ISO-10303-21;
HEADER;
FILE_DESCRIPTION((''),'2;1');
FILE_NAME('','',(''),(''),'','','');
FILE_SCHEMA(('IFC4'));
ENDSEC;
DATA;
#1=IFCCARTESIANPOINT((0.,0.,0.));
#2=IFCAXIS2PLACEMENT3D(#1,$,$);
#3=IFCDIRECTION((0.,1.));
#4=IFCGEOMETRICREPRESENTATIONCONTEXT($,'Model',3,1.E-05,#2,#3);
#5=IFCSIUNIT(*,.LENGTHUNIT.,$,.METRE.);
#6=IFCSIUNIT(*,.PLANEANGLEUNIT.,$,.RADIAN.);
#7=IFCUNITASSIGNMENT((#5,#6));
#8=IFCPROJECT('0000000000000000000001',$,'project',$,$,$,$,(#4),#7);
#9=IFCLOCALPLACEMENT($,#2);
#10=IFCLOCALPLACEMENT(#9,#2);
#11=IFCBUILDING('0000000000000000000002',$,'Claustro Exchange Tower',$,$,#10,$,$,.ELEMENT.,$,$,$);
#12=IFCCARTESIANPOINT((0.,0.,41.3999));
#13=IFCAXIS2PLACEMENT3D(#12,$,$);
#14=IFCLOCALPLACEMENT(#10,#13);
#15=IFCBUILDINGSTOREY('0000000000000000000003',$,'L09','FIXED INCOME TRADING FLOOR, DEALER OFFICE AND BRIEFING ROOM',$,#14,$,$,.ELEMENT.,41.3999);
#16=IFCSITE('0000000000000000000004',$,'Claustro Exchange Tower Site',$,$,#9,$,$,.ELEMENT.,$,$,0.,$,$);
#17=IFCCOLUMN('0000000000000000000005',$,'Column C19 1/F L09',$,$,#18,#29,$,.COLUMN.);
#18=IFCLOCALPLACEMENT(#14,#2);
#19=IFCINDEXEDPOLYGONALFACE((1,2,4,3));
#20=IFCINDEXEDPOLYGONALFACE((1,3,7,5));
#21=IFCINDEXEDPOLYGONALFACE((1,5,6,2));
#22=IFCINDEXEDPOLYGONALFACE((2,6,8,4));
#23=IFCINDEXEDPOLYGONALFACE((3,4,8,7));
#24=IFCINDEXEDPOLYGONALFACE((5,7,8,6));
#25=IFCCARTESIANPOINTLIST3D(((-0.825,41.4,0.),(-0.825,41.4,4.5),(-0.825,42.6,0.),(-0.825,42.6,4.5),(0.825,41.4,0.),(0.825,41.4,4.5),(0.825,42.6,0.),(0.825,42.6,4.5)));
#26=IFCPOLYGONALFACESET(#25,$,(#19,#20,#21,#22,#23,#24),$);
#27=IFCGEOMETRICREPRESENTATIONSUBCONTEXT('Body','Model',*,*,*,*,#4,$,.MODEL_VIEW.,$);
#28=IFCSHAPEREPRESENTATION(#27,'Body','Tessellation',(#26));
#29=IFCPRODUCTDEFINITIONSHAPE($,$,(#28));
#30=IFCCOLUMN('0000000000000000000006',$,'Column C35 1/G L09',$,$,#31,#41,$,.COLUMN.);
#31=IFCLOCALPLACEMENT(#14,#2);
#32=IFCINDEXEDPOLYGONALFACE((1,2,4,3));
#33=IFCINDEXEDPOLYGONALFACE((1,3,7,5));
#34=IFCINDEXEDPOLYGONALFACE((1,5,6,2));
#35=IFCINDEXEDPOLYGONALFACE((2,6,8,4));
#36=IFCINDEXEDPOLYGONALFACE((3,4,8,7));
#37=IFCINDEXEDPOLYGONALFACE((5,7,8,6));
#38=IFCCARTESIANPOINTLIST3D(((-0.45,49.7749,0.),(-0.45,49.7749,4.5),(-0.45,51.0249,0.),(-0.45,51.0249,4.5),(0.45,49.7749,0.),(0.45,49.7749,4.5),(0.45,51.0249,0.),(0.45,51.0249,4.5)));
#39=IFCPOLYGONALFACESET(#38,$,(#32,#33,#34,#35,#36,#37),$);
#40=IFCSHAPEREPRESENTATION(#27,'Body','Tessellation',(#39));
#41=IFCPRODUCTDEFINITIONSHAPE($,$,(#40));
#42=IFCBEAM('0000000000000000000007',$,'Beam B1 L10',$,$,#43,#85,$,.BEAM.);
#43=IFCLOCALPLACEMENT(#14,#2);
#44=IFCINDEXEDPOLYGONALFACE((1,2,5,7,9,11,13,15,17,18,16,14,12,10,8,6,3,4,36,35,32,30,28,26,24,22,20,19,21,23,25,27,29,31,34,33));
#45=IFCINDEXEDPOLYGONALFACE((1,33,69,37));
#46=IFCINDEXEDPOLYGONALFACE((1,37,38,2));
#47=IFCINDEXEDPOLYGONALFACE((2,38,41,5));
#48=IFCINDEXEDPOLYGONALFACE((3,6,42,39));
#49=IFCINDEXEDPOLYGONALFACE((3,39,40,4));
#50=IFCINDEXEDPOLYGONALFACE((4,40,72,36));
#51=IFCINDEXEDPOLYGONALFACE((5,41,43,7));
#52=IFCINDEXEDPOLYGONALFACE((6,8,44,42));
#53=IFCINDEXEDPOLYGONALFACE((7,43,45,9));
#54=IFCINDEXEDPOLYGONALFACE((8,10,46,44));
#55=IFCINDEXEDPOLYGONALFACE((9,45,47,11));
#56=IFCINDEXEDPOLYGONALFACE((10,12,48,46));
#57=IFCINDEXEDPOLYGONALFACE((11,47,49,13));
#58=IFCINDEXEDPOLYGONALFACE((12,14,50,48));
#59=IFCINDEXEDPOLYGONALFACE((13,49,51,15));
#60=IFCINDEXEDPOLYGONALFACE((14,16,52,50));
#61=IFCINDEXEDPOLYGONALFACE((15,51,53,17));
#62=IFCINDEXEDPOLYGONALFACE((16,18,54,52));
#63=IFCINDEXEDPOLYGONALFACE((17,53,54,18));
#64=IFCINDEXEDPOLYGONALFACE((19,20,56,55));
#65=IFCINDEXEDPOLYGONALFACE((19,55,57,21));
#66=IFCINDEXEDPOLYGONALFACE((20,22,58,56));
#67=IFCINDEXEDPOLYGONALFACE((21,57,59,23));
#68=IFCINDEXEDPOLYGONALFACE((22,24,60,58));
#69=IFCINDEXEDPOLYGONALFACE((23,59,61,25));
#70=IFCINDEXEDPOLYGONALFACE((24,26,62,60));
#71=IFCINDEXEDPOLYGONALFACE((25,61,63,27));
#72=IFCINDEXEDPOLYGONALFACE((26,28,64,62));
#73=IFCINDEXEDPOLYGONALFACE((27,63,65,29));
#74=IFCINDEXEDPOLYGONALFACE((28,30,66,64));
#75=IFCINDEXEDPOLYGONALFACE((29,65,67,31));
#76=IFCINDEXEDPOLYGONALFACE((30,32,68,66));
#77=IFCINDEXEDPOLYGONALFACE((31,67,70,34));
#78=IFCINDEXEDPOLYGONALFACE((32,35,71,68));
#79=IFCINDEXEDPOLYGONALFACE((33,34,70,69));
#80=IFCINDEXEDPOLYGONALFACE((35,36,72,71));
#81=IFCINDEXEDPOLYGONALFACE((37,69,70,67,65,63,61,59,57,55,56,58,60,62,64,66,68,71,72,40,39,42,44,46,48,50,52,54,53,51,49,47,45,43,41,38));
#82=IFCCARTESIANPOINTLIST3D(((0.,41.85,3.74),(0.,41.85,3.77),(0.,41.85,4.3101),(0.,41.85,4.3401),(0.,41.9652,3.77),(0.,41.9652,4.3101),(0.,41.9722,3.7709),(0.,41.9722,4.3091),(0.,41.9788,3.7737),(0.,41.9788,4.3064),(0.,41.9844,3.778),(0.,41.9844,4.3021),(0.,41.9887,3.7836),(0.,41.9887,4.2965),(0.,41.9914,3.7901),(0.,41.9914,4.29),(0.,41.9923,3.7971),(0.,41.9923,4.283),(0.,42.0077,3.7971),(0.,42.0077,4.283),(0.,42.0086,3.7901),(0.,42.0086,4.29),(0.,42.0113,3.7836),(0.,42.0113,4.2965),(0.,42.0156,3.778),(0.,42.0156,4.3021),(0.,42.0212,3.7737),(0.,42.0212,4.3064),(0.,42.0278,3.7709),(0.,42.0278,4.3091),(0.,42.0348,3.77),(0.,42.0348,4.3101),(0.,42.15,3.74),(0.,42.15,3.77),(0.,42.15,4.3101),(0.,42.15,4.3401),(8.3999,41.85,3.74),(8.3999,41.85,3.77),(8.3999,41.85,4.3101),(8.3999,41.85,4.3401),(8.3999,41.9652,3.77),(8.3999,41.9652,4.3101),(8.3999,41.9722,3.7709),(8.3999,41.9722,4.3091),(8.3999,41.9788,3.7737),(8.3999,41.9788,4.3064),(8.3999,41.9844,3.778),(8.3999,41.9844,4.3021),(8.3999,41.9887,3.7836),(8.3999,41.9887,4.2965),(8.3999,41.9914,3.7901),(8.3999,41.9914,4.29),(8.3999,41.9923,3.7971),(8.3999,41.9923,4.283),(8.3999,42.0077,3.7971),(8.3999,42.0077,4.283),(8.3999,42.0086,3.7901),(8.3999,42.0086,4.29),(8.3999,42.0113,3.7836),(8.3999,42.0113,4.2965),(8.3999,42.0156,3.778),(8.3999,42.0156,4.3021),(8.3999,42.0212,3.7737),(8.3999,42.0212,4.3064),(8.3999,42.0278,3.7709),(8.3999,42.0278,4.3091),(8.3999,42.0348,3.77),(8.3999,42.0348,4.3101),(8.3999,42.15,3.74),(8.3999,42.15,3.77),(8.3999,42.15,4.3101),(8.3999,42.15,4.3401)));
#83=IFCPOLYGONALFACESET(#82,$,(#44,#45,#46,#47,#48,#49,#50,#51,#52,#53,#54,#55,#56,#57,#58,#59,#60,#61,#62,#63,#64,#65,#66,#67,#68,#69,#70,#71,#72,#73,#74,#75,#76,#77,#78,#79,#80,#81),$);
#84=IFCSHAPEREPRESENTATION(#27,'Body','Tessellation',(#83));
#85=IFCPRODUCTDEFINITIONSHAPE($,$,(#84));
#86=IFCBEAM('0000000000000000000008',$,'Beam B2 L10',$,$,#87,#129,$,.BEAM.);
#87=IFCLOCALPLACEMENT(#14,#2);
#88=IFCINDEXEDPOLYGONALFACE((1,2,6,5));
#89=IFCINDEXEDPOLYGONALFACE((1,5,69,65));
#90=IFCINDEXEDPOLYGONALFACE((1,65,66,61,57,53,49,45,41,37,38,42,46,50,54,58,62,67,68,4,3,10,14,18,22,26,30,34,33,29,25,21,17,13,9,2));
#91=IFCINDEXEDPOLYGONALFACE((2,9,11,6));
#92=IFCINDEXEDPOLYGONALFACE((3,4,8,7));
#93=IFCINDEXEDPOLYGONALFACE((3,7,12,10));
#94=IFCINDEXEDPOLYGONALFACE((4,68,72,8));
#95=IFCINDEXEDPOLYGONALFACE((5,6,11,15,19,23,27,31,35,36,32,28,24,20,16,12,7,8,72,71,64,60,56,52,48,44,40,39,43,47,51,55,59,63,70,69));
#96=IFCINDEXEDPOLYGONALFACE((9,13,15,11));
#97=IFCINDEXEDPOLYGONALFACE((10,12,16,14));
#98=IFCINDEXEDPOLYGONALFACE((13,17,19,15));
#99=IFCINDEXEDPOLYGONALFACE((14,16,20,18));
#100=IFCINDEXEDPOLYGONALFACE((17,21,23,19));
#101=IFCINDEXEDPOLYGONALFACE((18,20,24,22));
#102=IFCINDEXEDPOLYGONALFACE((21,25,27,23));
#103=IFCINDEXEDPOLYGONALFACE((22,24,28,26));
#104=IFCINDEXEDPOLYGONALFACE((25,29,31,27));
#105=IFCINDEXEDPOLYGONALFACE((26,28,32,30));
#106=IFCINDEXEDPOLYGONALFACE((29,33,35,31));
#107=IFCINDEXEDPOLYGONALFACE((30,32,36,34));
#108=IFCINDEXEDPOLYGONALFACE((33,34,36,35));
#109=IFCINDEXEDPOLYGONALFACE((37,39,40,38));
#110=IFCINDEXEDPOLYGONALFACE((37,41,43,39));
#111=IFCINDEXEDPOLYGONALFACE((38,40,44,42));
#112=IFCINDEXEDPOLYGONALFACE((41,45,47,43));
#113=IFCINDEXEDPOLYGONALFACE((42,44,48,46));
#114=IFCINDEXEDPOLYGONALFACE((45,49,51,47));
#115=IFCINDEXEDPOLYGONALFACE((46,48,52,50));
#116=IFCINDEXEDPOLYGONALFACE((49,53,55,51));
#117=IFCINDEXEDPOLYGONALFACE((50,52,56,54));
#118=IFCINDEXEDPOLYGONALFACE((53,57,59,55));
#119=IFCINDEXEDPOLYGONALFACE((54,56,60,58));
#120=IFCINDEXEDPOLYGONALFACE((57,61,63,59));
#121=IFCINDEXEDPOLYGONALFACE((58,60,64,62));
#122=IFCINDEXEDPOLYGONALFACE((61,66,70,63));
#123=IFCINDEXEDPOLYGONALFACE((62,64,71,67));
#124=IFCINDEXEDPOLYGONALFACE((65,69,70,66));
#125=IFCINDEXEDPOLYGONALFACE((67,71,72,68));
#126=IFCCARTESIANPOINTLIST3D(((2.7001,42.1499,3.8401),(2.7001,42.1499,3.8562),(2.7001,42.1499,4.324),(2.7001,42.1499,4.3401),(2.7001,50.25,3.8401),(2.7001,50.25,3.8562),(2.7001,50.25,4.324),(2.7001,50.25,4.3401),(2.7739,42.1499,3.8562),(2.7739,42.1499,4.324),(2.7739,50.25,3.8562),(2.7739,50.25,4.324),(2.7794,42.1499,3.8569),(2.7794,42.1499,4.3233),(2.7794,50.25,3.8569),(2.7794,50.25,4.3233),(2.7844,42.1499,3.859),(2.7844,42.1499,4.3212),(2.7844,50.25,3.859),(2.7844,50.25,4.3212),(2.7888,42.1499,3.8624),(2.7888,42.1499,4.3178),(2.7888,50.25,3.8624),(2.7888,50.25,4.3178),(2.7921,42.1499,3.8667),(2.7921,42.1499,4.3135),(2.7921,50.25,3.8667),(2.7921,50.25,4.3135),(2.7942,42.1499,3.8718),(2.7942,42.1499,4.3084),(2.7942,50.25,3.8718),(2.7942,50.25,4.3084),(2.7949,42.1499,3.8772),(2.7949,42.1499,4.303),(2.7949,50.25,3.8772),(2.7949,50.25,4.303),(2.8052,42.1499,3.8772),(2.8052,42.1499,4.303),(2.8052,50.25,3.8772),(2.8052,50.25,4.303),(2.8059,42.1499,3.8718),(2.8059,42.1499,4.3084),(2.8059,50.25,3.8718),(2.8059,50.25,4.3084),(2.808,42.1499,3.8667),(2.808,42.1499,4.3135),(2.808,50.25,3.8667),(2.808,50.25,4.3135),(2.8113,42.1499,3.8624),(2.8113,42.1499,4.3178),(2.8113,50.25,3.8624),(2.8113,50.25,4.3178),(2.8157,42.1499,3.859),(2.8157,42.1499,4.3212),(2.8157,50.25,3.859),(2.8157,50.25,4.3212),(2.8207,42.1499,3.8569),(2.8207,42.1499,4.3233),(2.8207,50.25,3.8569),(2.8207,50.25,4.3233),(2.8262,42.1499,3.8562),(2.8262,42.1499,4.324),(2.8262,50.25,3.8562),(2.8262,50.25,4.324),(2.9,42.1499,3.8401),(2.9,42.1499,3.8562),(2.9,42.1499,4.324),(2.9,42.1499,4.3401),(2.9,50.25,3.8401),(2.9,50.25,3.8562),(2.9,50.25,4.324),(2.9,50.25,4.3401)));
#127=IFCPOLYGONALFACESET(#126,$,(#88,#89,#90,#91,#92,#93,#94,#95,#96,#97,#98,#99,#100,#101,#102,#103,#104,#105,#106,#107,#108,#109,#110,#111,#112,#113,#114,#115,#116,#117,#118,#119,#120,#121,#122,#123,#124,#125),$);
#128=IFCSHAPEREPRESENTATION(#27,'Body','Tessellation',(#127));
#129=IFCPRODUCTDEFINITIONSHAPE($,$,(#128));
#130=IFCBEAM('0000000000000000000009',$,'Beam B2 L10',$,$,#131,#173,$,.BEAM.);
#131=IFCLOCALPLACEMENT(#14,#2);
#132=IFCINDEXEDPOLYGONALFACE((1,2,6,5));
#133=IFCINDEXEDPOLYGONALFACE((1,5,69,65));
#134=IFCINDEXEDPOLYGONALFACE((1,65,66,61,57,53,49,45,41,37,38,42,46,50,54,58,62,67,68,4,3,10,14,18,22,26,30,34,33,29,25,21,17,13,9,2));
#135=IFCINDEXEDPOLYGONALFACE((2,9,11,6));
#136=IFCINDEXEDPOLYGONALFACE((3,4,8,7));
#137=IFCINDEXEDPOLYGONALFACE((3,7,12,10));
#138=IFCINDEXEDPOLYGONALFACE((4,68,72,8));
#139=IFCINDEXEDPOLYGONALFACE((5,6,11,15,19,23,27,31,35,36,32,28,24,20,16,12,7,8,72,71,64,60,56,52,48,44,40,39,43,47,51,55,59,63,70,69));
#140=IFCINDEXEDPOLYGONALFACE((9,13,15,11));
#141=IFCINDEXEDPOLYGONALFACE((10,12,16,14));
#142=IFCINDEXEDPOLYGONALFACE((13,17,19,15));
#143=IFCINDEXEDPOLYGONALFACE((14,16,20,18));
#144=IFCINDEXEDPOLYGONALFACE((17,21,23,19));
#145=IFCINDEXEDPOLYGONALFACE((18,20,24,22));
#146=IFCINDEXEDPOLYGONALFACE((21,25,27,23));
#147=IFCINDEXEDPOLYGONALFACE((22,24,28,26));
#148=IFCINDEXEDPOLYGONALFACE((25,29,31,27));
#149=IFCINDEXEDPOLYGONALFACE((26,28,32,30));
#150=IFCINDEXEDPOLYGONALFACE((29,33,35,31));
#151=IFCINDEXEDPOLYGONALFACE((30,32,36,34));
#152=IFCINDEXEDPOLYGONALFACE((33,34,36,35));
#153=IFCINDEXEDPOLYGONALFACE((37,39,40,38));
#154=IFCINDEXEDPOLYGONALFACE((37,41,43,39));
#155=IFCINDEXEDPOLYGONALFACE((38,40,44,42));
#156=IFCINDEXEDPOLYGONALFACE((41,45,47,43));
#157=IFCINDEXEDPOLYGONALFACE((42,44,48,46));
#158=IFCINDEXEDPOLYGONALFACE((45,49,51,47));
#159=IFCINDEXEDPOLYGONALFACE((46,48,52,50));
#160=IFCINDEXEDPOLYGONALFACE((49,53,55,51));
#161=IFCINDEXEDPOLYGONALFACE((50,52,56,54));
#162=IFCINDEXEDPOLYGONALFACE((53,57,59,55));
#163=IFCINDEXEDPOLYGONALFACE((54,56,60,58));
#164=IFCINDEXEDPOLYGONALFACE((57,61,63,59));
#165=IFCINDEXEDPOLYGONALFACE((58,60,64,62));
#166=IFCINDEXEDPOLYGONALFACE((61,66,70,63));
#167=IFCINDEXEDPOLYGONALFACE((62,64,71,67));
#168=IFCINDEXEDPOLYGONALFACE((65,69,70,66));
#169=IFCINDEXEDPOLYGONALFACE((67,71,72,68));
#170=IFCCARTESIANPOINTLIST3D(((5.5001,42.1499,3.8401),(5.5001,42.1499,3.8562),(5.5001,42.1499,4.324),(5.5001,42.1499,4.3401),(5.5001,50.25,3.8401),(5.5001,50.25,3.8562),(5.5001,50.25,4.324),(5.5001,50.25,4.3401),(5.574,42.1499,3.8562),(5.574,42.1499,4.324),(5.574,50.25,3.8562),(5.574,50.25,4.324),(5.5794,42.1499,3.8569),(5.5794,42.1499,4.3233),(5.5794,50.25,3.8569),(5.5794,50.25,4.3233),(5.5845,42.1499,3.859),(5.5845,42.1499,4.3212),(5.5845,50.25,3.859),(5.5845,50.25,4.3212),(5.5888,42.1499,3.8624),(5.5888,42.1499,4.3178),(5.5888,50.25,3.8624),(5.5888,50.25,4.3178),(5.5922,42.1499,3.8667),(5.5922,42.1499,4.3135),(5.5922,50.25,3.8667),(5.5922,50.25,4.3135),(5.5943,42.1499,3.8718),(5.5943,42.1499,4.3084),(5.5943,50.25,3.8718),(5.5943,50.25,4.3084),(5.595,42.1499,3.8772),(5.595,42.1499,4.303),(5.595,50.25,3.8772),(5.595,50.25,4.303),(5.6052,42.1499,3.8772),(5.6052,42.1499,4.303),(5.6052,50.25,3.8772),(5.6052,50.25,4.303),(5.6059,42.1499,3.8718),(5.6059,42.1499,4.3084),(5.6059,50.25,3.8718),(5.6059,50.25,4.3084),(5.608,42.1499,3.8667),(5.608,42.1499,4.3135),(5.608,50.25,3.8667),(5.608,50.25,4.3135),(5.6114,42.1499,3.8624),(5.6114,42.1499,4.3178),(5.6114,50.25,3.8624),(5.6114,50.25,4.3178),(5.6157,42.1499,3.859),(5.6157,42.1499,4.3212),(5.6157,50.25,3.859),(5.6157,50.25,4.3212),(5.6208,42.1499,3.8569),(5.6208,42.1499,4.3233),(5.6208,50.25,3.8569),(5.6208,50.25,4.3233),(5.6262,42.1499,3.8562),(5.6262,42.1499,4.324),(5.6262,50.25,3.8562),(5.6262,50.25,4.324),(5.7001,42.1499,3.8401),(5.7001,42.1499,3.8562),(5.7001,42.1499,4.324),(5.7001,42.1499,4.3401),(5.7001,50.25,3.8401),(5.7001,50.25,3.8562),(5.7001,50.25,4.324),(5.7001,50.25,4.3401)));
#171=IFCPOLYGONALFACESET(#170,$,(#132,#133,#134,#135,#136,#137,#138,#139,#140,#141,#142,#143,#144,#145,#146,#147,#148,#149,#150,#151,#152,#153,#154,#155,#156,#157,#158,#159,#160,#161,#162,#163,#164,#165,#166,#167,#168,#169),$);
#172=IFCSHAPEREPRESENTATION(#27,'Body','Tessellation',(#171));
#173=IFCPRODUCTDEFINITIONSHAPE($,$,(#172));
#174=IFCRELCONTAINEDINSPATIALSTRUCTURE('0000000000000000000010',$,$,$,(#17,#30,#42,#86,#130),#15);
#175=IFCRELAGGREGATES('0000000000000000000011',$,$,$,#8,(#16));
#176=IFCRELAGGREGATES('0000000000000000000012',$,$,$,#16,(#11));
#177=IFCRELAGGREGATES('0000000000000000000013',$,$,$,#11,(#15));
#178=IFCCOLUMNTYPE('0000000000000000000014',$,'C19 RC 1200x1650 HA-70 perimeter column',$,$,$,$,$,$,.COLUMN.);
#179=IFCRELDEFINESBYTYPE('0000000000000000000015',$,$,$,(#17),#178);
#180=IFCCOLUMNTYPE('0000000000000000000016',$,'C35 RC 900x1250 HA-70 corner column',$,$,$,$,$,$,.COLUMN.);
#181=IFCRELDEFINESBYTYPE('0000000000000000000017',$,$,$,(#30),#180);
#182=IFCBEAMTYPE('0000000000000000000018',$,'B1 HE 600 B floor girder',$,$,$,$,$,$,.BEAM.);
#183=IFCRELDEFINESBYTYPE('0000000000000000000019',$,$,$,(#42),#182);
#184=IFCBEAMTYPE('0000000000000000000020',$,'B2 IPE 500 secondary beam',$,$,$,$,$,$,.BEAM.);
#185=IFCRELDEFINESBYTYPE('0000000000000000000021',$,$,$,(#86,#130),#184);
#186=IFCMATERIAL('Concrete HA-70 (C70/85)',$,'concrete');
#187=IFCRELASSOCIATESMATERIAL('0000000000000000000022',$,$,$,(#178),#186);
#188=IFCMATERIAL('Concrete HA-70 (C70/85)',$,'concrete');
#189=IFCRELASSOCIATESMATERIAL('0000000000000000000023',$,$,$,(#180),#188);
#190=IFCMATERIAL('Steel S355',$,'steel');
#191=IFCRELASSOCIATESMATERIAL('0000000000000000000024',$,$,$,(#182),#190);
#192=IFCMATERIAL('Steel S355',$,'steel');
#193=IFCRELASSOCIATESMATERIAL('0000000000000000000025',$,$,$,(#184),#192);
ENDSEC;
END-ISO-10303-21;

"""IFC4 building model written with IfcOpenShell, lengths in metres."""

from ifc_helpers import new_model, si_unit, direction, frame, origin, origin_2d, place, context, subcontext, project, spatial, rectangle, i_section, extrude, material, material_profile, profile_set, type_object, element, save


model = new_model("IFC4")

# Units and contexts
model_context = context("Model", 3, precision=1e-05, world=origin(), true_north=direction((0.0, 1.0)))
body_context = subcontext(model_context, "Body", "Model", "MODEL_VIEW")
ifc_project = project(units=[si_unit("LENGTHUNIT", "METRE"), si_unit("PLANEANGLEUNIT", "RADIAN")], contexts=[model_context])

# Site, building, storey
site_placement = place(None, origin())
site = spatial("IfcSite", under=ifc_project, at=site_placement, Name="Claustro Exchange Tower Site", CompositionType="ELEMENT", RefElevation=0.0)
building_placement = place(site_placement, origin())
building = spatial("IfcBuilding", under=site, at=building_placement, Name="Claustro Exchange Tower", CompositionType="ELEMENT")
storey_placement = place(building_placement, frame((0.0, 0.0, 41.3999)))
storey = spatial("IfcBuildingStorey", under=building, at=storey_placement, Name="L09", Description="FIXED INCOME TRADING FLOOR, DEALER OFFICE AND BRIEFING ROOM", CompositionType="ELEMENT", Elevation=41.3999)

# Columns
ifc_material_1 = material(Name="Concrete HA-70 (C70/85)", Category="concrete")
ifc_material_profile_1 = material_profile(ifc_material_1, rectangle(XDim=1.2, YDim=1.6499, at=origin_2d()), Name="RC 1200x1650")
ifc_profile_set_1 = profile_set([ifc_material_profile_1], Name="Concrete HA-70 (C70/85)")
column_type_1 = type_object("IfcColumnType", Name="C19 RC 1200x1650 HA-70 perimeter column", PredefinedType="COLUMN", material=ifc_profile_set_1)
column_1_placement = place(storey_placement, frame((0.0, 42.0, 0.0), z_axis=(0.0, 0.0, 1.0), x_axis=(0.0, 1.0, 0.0)))
element("IfcColumn", 1, at=column_1_placement, inside=storey, type_object=column_type_1, Name="Column C19 1/F L09", PredefinedType="COLUMN", context=body_context, shape_type="SweptSolid", body=[
    extrude(rectangle(XDim=1.2, YDim=1.6499, at=origin_2d()), origin(), (0.0, 0.0, 1.0), 4.5),
])
ifc_material_2 = material(Name="Concrete HA-70 (C70/85)", Category="concrete")
ifc_material_profile_2 = material_profile(ifc_material_2, rectangle(XDim=0.8999, YDim=1.25, at=origin_2d()), Name="RC 900x1250")
ifc_profile_set_2 = profile_set([ifc_material_profile_2], Name="Concrete HA-70 (C70/85)")
column_type_2 = type_object("IfcColumnType", Name="C35 RC 900x1250 HA-70 corner column", PredefinedType="COLUMN", material=ifc_profile_set_2)
column_2_placement = place(storey_placement, frame((0.0, 50.3999, 0.0), z_axis=(0.0, 0.0, 1.0), x_axis=(1.0, 0.0, 0.0)))
element("IfcColumn", 2, at=column_2_placement, inside=storey, type_object=column_type_2, Name="Column C35 1/G L09", PredefinedType="COLUMN", context=body_context, shape_type="SweptSolid", body=[
    extrude(rectangle(XDim=0.8999, YDim=1.25, at=origin_2d()), origin(), (0.0, 0.0, 1.0), 4.5),
])

# Beams
ifc_material_3 = material(Name="Steel S355", Category="steel")
ifc_material_profile_3 = material_profile(ifc_material_3, i_section(OverallWidth=0.3, OverallDepth=0.6001, WebThickness=0.0154, FlangeThickness=0.03, FilletRadius=0.0271, at=origin_2d()), Name="HE 600 B")
ifc_profile_set_3 = profile_set([ifc_material_profile_3], Name="Steel S355")
beam_type_1 = type_object("IfcBeamType", Name="B1 HE 600 B floor girder", PredefinedType="BEAM", material=ifc_profile_set_3)
beam_1_placement = place(storey_placement, frame((0.0, 42.0, 4.04), z_axis=(1.0, 0.0, 0.0), x_axis=(0.0, 1.0, 0.0)))
element("IfcBeam", 3, at=beam_1_placement, inside=storey, type_object=beam_type_1, Name="Beam B1 L10", PredefinedType="BEAM", context=body_context, shape_type="SweptSolid", body=[
    extrude(i_section(OverallWidth=0.3, OverallDepth=0.6001, WebThickness=0.0154, FlangeThickness=0.03, FilletRadius=0.0271, at=origin_2d()), origin(), (0.0, 0.0, 1.0), 8.3999),
])
ifc_material_4 = material(Name="Steel S355", Category="steel")
ifc_material_profile_4 = material_profile(ifc_material_4, i_section(OverallWidth=0.2, OverallDepth=0.5, WebThickness=0.0103, FlangeThickness=0.0161, FilletRadius=0.021, at=origin_2d()), Name="IPE 500")
ifc_profile_set_4 = profile_set([ifc_material_profile_4], Name="Steel S355")
beam_type_2 = type_object("IfcBeamType", Name="B2 IPE 500 secondary beam", PredefinedType="BEAM", material=ifc_profile_set_4)
for number, where, z_axis, x_axis, name in (
    (4, (2.8, 42.1499, 4.0901), (0.0, 1.0, 0.0), (-1.0, 0.0, 0.0), "Beam B2 L10"),
    (5, (5.6001, 42.1499, 4.0901), (0.0, 1.0, 0.0), (-1.0, 0.0, 0.0), "Beam B2 L10"),
):
    element("IfcBeam", number, at=place(storey_placement, frame(where, z_axis=z_axis, x_axis=x_axis)), inside=storey, type_object=beam_type_2, Name=name, PredefinedType="BEAM", context=body_context, shape_type="SweptSolid", body=[
        extrude(i_section(OverallWidth=0.2, OverallDepth=0.5, WebThickness=0.0103, FlangeThickness=0.0161, FilletRadius=0.021, at=origin_2d()), origin(), (0.0, 0.0, 1.0), 8.1001),
    ])

save(model, "model.ifc")
